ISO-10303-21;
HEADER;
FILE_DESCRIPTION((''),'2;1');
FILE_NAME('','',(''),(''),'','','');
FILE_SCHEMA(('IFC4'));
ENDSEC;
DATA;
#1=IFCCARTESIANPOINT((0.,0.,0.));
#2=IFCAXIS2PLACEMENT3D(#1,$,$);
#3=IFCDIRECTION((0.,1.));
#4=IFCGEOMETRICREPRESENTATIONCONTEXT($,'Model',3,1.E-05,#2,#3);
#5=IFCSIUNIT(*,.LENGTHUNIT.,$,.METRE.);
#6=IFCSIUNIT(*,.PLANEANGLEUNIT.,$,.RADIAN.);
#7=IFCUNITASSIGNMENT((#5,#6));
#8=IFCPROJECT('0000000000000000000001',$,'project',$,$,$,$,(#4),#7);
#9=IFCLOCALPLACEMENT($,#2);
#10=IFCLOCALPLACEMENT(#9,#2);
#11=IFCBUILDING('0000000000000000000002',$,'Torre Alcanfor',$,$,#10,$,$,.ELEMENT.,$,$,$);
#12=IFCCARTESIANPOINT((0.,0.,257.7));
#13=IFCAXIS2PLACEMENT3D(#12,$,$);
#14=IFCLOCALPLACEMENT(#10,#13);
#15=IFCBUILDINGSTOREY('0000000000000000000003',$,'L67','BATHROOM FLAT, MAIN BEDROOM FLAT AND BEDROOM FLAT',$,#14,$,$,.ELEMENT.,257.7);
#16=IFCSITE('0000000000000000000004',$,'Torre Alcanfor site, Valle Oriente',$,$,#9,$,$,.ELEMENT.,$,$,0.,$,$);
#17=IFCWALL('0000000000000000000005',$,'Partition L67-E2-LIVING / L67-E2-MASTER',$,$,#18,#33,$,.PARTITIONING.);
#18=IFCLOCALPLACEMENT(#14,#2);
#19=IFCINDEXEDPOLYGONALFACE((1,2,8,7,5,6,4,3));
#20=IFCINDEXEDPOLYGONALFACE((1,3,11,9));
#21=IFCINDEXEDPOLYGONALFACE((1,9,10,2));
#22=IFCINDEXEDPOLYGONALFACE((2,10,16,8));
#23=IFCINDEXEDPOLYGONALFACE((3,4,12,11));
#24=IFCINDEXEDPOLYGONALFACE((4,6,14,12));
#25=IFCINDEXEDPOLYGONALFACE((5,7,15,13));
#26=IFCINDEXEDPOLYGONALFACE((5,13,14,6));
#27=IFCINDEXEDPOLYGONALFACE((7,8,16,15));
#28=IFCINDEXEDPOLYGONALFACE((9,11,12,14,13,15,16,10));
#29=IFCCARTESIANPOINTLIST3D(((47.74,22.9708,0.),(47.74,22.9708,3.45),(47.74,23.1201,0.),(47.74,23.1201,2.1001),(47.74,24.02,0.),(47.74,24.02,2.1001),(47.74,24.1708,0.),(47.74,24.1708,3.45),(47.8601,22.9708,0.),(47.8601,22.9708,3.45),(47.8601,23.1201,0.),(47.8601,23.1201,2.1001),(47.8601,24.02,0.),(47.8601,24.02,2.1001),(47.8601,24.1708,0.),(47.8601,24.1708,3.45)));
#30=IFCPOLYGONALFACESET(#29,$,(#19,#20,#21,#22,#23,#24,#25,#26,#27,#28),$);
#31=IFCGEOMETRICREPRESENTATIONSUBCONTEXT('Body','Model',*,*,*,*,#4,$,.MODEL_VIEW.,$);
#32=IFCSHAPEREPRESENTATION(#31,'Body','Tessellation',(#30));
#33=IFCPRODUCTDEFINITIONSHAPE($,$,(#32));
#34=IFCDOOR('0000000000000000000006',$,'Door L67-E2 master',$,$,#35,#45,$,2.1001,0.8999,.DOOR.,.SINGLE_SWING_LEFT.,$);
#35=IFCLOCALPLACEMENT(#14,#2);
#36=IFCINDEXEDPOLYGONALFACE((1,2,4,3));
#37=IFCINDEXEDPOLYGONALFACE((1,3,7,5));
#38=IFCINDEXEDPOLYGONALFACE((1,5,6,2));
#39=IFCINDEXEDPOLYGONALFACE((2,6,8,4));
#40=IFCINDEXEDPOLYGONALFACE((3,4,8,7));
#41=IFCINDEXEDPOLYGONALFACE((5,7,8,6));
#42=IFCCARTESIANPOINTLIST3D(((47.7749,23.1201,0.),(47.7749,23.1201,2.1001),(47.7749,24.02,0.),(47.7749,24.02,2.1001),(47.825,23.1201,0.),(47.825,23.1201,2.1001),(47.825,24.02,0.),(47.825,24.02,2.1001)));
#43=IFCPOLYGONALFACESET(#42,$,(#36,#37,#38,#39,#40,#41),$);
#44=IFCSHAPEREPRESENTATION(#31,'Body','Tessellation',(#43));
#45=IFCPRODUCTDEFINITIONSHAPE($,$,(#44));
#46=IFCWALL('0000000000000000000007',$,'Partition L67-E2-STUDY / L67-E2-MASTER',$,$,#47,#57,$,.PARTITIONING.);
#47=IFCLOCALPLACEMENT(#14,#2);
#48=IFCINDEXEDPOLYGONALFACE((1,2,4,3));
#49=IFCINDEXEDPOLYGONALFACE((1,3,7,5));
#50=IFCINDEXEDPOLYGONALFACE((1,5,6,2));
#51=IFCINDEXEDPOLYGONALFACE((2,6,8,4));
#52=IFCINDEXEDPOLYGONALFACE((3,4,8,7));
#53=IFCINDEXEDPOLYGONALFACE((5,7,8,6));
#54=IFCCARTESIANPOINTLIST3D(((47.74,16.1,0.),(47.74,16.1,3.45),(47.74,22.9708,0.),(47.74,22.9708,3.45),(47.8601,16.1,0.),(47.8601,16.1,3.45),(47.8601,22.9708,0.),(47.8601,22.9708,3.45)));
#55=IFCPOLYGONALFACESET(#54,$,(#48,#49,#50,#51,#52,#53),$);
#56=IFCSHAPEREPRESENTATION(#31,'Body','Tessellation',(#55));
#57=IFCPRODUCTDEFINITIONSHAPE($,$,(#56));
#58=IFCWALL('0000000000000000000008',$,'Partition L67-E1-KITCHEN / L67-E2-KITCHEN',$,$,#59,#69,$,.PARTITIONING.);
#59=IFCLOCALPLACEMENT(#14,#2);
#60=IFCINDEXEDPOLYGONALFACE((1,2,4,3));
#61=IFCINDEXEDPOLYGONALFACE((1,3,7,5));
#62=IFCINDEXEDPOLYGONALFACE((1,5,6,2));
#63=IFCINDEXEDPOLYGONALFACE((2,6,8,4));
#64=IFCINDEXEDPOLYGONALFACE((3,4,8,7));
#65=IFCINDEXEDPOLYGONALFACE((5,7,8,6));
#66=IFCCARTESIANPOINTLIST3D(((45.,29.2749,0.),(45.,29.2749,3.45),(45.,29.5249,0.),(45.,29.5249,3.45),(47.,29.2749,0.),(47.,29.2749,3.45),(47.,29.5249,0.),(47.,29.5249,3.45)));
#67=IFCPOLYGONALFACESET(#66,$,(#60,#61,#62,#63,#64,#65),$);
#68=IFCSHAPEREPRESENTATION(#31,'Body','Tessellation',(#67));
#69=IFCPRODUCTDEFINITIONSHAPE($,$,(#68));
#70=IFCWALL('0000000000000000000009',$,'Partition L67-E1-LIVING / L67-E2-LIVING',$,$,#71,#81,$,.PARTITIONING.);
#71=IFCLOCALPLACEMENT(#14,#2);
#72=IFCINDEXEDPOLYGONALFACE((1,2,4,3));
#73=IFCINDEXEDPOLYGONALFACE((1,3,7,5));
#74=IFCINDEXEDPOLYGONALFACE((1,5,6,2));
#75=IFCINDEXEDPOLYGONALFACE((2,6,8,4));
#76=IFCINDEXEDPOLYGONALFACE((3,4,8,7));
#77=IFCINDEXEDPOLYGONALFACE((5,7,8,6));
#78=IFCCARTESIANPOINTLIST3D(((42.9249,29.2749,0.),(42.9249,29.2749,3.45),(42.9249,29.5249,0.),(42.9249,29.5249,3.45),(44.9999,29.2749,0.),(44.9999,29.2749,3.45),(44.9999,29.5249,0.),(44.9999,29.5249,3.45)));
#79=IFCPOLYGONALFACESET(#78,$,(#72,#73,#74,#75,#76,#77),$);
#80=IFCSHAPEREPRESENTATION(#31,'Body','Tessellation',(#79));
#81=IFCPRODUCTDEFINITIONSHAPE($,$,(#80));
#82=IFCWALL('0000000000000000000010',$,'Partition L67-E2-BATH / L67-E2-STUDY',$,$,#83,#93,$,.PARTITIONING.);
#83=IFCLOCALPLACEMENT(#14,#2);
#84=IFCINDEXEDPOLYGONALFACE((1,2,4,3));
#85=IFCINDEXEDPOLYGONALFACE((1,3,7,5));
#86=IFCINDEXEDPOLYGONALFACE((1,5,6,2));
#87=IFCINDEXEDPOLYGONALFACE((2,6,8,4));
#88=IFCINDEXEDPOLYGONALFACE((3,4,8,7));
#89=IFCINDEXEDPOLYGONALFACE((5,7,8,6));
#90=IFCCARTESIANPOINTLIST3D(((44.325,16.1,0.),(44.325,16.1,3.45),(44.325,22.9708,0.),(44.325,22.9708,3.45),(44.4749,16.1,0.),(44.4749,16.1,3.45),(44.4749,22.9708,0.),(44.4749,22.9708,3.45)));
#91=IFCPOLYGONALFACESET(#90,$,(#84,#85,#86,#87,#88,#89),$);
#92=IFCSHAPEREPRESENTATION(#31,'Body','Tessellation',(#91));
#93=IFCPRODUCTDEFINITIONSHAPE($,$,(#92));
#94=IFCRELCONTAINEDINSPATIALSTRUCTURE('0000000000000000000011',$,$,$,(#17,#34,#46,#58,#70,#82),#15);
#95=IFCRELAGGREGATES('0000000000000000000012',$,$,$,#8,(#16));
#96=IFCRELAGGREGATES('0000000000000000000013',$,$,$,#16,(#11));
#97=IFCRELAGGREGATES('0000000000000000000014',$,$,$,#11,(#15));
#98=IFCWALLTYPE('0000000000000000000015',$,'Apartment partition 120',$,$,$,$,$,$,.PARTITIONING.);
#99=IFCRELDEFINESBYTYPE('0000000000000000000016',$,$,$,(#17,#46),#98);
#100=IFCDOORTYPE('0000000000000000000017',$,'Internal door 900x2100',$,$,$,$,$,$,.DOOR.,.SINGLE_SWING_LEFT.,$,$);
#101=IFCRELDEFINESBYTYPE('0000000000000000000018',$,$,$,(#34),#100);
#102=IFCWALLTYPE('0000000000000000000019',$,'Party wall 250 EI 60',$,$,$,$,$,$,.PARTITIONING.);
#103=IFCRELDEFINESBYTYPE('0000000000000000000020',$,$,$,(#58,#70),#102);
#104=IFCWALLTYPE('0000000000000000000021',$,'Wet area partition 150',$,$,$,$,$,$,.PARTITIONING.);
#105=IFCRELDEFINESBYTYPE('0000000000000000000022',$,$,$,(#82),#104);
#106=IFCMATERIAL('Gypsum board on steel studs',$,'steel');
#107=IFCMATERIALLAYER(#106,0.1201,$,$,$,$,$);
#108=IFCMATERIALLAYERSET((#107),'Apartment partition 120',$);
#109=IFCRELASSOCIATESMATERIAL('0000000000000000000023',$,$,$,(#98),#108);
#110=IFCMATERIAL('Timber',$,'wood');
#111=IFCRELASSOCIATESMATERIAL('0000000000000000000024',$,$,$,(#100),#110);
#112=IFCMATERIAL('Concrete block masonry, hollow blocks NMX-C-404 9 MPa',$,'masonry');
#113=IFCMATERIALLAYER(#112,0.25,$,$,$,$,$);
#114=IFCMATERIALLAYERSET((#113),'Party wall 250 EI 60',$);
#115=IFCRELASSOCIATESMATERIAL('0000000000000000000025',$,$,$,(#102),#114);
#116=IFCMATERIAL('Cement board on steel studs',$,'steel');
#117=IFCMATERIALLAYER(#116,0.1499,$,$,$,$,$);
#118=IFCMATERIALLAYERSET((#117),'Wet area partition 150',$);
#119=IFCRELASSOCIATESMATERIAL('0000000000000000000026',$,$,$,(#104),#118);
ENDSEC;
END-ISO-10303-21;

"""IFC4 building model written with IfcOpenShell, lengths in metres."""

from ifc_helpers import new_model, si_unit, direction, frame, frame_2d, origin, place, context, subcontext, project, spatial, rectangle, extrude, material, layer, layer_set, type_object, element, fill, save


model = new_model("IFC4")

# Units and contexts
model_context = context("Model", 3, precision=1e-05, world=origin(), true_north=direction((0.0, 1.0)))
body_context = subcontext(model_context, "Body", "Model", "MODEL_VIEW")
ifc_project = project(units=[si_unit("LENGTHUNIT", "METRE"), si_unit("PLANEANGLEUNIT", "RADIAN")], contexts=[model_context])

# Site, building, storey
site_placement = place(None, origin())
site = spatial("IfcSite", under=ifc_project, at=site_placement, Name="Torre Alcanfor site, Valle Oriente", CompositionType="ELEMENT", RefElevation=0.0)
building_placement = place(site_placement, origin())
building = spatial("IfcBuilding", under=site, at=building_placement, Name="Torre Alcanfor", CompositionType="ELEMENT")
storey_placement = place(building_placement, frame((0.0, 0.0, 257.7)))
storey = spatial("IfcBuildingStorey", under=building, at=storey_placement, Name="L67", Description="BATHROOM FLAT, MAIN BEDROOM FLAT AND BEDROOM FLAT", CompositionType="ELEMENT", Elevation=257.7)

# Shared definitions
ifc_material_1 = material(Name="Gypsum board on steel studs", Category="steel")
ifc_layer_1 = layer(ifc_material_1, 0.1201)
ifc_layer_set_1 = layer_set([ifc_layer_1], Name="Apartment partition 120")
wall_type_1 = type_object("IfcWallType", Name="Apartment partition 120", PredefinedType="PARTITIONING", material=ifc_layer_set_1)

# Shared definitions
ifc_material_2 = material(Name="Timber", Category="wood")
door_type_1 = type_object("IfcDoorType", Name="Internal door 900x2100", OperationType="SINGLE_SWING_LEFT", PredefinedType="DOOR", material=ifc_material_2)

# Wall, opening, door
wall_1_placement = place(storey_placement, frame((47.8, 24.1709, 0.0), z_axis=(0.0, 0.0, 1.0), x_axis=(0.0, -1.0, 0.0)))
wall_1 = element("IfcWall", 1, at=wall_1_placement, inside=storey, type_object=wall_type_1, Name="Partition L67-E2-LIVING / L67-E2-MASTER", PredefinedType="PARTITIONING", context=body_context, shape_type="SweptSolid", body=[
    extrude(rectangle(XDim=1.2, YDim=0.1201, at=frame_2d((0.6001, 0.0))), origin(), (0.0, 0.0, 1.0), 3.45),
])
opening_1_placement = place(wall_1_placement, frame((0.1509, 0.0, 0.0)))
opening_1 = element("IfcOpeningElement", 2, at=opening_1_placement, cuts=wall_1, PredefinedType="OPENING", context=body_context, shape_type="SweptSolid", body=[
    extrude(rectangle(XDim=0.8999, YDim=2.1001, at=frame_2d((0.45, 1.05))), frame((0.0, 0.0701, 0.0), z_axis=(0.0, -1.0, 0.0), x_axis=(1.0, 0.0, 0.0)), (0.0, 0.0, 1.0), 0.1401),
])
door_1_placement = place(opening_1_placement, origin())
door_1 = element("IfcDoor", 3, at=door_1_placement, inside=storey, type_object=door_type_1, Name="Door L67-E2 master", OperationType="SINGLE_SWING_LEFT", OverallHeight=2.1001, OverallWidth=0.8999, PredefinedType="DOOR", context=body_context, shape_type="SweptSolid", body=[
    extrude(rectangle(XDim=0.8999, YDim=2.1001, at=frame_2d((0.45, 1.05))), frame((0.0, 0.0249, 0.0), z_axis=(0.0, -1.0, 0.0), x_axis=(1.0, 0.0, 0.0)), (0.0, 0.0, 1.0), 0.05),
])
fill(opening_1, door_1)

# Walls
wall_2_placement = place(storey_placement, frame((47.8, 22.9709, 0.0), z_axis=(0.0, 0.0, 1.0), x_axis=(0.0, -1.0, 0.0)))
element("IfcWall", 4, at=wall_2_placement, inside=storey, type_object=wall_type_1, Name="Partition L67-E2-STUDY / L67-E2-MASTER", PredefinedType="PARTITIONING", context=body_context, shape_type="SweptSolid", body=[
    extrude(rectangle(XDim=6.8708, YDim=0.1201, at=frame_2d((3.4355, 0.0))), origin(), (0.0, 0.0, 1.0), 3.45),
])
ifc_material_3 = material(Name="Concrete block masonry, hollow blocks NMX-C-404 9 MPa", Category="masonry")
ifc_layer_2 = layer(ifc_material_3, 0.25)
ifc_layer_set_2 = layer_set([ifc_layer_2], Name="Party wall 250 EI 60")
wall_type_2 = type_object("IfcWallType", Name="Party wall 250 EI 60", PredefinedType="PARTITIONING", material=ifc_layer_set_2)
wall_3_placement = place(storey_placement, frame((45.0, 29.3999, 0.0), z_axis=(0.0, 0.0, 1.0), x_axis=(1.0, 0.0, 0.0)))
element("IfcWall", 5, at=wall_3_placement, inside=storey, type_object=wall_type_2, Name="Partition L67-E1-KITCHEN / L67-E2-KITCHEN", PredefinedType="PARTITIONING", context=body_context, shape_type="SweptSolid", body=[
    extrude(rectangle(XDim=2.0, YDim=0.25, at=frame_2d((1.0, 0.0))), origin(), (0.0, 0.0, 1.0), 3.45),
])
wall_4_placement = place(storey_placement, frame((45.0, 29.3999, 0.0), z_axis=(0.0, 0.0, 1.0), x_axis=(-1.0, 0.0, 0.0)))
element("IfcWall", 6, at=wall_4_placement, inside=storey, type_object=wall_type_2, Name="Partition L67-E1-LIVING / L67-E2-LIVING", PredefinedType="PARTITIONING", context=body_context, shape_type="SweptSolid", body=[
    extrude(rectangle(XDim=2.075, YDim=0.25, at=frame_2d((1.0376, 0.0))), origin(), (0.0, 0.0, 1.0), 3.45),
])
ifc_material_4 = material(Name="Cement board on steel studs", Category="steel")
ifc_layer_3 = layer(ifc_material_4, 0.1499)
ifc_layer_set_3 = layer_set([ifc_layer_3], Name="Wet area partition 150")
wall_type_3 = type_object("IfcWallType", Name="Wet area partition 150", PredefinedType="PARTITIONING", material=ifc_layer_set_3)
wall_5_placement = place(storey_placement, frame((44.3999, 22.9709, 0.0), z_axis=(0.0, 0.0, 1.0), x_axis=(0.0, -1.0, 0.0)))
element("IfcWall", 7, at=wall_5_placement, inside=storey, type_object=wall_type_3, Name="Partition L67-E2-BATH / L67-E2-STUDY", PredefinedType="PARTITIONING", context=body_context, shape_type="SweptSolid", body=[
    extrude(rectangle(XDim=6.8708, YDim=0.1499, at=frame_2d((3.4355, 0.0))), origin(), (0.0, 0.0, 1.0), 3.45),
])

save(model, "model.ifc")
